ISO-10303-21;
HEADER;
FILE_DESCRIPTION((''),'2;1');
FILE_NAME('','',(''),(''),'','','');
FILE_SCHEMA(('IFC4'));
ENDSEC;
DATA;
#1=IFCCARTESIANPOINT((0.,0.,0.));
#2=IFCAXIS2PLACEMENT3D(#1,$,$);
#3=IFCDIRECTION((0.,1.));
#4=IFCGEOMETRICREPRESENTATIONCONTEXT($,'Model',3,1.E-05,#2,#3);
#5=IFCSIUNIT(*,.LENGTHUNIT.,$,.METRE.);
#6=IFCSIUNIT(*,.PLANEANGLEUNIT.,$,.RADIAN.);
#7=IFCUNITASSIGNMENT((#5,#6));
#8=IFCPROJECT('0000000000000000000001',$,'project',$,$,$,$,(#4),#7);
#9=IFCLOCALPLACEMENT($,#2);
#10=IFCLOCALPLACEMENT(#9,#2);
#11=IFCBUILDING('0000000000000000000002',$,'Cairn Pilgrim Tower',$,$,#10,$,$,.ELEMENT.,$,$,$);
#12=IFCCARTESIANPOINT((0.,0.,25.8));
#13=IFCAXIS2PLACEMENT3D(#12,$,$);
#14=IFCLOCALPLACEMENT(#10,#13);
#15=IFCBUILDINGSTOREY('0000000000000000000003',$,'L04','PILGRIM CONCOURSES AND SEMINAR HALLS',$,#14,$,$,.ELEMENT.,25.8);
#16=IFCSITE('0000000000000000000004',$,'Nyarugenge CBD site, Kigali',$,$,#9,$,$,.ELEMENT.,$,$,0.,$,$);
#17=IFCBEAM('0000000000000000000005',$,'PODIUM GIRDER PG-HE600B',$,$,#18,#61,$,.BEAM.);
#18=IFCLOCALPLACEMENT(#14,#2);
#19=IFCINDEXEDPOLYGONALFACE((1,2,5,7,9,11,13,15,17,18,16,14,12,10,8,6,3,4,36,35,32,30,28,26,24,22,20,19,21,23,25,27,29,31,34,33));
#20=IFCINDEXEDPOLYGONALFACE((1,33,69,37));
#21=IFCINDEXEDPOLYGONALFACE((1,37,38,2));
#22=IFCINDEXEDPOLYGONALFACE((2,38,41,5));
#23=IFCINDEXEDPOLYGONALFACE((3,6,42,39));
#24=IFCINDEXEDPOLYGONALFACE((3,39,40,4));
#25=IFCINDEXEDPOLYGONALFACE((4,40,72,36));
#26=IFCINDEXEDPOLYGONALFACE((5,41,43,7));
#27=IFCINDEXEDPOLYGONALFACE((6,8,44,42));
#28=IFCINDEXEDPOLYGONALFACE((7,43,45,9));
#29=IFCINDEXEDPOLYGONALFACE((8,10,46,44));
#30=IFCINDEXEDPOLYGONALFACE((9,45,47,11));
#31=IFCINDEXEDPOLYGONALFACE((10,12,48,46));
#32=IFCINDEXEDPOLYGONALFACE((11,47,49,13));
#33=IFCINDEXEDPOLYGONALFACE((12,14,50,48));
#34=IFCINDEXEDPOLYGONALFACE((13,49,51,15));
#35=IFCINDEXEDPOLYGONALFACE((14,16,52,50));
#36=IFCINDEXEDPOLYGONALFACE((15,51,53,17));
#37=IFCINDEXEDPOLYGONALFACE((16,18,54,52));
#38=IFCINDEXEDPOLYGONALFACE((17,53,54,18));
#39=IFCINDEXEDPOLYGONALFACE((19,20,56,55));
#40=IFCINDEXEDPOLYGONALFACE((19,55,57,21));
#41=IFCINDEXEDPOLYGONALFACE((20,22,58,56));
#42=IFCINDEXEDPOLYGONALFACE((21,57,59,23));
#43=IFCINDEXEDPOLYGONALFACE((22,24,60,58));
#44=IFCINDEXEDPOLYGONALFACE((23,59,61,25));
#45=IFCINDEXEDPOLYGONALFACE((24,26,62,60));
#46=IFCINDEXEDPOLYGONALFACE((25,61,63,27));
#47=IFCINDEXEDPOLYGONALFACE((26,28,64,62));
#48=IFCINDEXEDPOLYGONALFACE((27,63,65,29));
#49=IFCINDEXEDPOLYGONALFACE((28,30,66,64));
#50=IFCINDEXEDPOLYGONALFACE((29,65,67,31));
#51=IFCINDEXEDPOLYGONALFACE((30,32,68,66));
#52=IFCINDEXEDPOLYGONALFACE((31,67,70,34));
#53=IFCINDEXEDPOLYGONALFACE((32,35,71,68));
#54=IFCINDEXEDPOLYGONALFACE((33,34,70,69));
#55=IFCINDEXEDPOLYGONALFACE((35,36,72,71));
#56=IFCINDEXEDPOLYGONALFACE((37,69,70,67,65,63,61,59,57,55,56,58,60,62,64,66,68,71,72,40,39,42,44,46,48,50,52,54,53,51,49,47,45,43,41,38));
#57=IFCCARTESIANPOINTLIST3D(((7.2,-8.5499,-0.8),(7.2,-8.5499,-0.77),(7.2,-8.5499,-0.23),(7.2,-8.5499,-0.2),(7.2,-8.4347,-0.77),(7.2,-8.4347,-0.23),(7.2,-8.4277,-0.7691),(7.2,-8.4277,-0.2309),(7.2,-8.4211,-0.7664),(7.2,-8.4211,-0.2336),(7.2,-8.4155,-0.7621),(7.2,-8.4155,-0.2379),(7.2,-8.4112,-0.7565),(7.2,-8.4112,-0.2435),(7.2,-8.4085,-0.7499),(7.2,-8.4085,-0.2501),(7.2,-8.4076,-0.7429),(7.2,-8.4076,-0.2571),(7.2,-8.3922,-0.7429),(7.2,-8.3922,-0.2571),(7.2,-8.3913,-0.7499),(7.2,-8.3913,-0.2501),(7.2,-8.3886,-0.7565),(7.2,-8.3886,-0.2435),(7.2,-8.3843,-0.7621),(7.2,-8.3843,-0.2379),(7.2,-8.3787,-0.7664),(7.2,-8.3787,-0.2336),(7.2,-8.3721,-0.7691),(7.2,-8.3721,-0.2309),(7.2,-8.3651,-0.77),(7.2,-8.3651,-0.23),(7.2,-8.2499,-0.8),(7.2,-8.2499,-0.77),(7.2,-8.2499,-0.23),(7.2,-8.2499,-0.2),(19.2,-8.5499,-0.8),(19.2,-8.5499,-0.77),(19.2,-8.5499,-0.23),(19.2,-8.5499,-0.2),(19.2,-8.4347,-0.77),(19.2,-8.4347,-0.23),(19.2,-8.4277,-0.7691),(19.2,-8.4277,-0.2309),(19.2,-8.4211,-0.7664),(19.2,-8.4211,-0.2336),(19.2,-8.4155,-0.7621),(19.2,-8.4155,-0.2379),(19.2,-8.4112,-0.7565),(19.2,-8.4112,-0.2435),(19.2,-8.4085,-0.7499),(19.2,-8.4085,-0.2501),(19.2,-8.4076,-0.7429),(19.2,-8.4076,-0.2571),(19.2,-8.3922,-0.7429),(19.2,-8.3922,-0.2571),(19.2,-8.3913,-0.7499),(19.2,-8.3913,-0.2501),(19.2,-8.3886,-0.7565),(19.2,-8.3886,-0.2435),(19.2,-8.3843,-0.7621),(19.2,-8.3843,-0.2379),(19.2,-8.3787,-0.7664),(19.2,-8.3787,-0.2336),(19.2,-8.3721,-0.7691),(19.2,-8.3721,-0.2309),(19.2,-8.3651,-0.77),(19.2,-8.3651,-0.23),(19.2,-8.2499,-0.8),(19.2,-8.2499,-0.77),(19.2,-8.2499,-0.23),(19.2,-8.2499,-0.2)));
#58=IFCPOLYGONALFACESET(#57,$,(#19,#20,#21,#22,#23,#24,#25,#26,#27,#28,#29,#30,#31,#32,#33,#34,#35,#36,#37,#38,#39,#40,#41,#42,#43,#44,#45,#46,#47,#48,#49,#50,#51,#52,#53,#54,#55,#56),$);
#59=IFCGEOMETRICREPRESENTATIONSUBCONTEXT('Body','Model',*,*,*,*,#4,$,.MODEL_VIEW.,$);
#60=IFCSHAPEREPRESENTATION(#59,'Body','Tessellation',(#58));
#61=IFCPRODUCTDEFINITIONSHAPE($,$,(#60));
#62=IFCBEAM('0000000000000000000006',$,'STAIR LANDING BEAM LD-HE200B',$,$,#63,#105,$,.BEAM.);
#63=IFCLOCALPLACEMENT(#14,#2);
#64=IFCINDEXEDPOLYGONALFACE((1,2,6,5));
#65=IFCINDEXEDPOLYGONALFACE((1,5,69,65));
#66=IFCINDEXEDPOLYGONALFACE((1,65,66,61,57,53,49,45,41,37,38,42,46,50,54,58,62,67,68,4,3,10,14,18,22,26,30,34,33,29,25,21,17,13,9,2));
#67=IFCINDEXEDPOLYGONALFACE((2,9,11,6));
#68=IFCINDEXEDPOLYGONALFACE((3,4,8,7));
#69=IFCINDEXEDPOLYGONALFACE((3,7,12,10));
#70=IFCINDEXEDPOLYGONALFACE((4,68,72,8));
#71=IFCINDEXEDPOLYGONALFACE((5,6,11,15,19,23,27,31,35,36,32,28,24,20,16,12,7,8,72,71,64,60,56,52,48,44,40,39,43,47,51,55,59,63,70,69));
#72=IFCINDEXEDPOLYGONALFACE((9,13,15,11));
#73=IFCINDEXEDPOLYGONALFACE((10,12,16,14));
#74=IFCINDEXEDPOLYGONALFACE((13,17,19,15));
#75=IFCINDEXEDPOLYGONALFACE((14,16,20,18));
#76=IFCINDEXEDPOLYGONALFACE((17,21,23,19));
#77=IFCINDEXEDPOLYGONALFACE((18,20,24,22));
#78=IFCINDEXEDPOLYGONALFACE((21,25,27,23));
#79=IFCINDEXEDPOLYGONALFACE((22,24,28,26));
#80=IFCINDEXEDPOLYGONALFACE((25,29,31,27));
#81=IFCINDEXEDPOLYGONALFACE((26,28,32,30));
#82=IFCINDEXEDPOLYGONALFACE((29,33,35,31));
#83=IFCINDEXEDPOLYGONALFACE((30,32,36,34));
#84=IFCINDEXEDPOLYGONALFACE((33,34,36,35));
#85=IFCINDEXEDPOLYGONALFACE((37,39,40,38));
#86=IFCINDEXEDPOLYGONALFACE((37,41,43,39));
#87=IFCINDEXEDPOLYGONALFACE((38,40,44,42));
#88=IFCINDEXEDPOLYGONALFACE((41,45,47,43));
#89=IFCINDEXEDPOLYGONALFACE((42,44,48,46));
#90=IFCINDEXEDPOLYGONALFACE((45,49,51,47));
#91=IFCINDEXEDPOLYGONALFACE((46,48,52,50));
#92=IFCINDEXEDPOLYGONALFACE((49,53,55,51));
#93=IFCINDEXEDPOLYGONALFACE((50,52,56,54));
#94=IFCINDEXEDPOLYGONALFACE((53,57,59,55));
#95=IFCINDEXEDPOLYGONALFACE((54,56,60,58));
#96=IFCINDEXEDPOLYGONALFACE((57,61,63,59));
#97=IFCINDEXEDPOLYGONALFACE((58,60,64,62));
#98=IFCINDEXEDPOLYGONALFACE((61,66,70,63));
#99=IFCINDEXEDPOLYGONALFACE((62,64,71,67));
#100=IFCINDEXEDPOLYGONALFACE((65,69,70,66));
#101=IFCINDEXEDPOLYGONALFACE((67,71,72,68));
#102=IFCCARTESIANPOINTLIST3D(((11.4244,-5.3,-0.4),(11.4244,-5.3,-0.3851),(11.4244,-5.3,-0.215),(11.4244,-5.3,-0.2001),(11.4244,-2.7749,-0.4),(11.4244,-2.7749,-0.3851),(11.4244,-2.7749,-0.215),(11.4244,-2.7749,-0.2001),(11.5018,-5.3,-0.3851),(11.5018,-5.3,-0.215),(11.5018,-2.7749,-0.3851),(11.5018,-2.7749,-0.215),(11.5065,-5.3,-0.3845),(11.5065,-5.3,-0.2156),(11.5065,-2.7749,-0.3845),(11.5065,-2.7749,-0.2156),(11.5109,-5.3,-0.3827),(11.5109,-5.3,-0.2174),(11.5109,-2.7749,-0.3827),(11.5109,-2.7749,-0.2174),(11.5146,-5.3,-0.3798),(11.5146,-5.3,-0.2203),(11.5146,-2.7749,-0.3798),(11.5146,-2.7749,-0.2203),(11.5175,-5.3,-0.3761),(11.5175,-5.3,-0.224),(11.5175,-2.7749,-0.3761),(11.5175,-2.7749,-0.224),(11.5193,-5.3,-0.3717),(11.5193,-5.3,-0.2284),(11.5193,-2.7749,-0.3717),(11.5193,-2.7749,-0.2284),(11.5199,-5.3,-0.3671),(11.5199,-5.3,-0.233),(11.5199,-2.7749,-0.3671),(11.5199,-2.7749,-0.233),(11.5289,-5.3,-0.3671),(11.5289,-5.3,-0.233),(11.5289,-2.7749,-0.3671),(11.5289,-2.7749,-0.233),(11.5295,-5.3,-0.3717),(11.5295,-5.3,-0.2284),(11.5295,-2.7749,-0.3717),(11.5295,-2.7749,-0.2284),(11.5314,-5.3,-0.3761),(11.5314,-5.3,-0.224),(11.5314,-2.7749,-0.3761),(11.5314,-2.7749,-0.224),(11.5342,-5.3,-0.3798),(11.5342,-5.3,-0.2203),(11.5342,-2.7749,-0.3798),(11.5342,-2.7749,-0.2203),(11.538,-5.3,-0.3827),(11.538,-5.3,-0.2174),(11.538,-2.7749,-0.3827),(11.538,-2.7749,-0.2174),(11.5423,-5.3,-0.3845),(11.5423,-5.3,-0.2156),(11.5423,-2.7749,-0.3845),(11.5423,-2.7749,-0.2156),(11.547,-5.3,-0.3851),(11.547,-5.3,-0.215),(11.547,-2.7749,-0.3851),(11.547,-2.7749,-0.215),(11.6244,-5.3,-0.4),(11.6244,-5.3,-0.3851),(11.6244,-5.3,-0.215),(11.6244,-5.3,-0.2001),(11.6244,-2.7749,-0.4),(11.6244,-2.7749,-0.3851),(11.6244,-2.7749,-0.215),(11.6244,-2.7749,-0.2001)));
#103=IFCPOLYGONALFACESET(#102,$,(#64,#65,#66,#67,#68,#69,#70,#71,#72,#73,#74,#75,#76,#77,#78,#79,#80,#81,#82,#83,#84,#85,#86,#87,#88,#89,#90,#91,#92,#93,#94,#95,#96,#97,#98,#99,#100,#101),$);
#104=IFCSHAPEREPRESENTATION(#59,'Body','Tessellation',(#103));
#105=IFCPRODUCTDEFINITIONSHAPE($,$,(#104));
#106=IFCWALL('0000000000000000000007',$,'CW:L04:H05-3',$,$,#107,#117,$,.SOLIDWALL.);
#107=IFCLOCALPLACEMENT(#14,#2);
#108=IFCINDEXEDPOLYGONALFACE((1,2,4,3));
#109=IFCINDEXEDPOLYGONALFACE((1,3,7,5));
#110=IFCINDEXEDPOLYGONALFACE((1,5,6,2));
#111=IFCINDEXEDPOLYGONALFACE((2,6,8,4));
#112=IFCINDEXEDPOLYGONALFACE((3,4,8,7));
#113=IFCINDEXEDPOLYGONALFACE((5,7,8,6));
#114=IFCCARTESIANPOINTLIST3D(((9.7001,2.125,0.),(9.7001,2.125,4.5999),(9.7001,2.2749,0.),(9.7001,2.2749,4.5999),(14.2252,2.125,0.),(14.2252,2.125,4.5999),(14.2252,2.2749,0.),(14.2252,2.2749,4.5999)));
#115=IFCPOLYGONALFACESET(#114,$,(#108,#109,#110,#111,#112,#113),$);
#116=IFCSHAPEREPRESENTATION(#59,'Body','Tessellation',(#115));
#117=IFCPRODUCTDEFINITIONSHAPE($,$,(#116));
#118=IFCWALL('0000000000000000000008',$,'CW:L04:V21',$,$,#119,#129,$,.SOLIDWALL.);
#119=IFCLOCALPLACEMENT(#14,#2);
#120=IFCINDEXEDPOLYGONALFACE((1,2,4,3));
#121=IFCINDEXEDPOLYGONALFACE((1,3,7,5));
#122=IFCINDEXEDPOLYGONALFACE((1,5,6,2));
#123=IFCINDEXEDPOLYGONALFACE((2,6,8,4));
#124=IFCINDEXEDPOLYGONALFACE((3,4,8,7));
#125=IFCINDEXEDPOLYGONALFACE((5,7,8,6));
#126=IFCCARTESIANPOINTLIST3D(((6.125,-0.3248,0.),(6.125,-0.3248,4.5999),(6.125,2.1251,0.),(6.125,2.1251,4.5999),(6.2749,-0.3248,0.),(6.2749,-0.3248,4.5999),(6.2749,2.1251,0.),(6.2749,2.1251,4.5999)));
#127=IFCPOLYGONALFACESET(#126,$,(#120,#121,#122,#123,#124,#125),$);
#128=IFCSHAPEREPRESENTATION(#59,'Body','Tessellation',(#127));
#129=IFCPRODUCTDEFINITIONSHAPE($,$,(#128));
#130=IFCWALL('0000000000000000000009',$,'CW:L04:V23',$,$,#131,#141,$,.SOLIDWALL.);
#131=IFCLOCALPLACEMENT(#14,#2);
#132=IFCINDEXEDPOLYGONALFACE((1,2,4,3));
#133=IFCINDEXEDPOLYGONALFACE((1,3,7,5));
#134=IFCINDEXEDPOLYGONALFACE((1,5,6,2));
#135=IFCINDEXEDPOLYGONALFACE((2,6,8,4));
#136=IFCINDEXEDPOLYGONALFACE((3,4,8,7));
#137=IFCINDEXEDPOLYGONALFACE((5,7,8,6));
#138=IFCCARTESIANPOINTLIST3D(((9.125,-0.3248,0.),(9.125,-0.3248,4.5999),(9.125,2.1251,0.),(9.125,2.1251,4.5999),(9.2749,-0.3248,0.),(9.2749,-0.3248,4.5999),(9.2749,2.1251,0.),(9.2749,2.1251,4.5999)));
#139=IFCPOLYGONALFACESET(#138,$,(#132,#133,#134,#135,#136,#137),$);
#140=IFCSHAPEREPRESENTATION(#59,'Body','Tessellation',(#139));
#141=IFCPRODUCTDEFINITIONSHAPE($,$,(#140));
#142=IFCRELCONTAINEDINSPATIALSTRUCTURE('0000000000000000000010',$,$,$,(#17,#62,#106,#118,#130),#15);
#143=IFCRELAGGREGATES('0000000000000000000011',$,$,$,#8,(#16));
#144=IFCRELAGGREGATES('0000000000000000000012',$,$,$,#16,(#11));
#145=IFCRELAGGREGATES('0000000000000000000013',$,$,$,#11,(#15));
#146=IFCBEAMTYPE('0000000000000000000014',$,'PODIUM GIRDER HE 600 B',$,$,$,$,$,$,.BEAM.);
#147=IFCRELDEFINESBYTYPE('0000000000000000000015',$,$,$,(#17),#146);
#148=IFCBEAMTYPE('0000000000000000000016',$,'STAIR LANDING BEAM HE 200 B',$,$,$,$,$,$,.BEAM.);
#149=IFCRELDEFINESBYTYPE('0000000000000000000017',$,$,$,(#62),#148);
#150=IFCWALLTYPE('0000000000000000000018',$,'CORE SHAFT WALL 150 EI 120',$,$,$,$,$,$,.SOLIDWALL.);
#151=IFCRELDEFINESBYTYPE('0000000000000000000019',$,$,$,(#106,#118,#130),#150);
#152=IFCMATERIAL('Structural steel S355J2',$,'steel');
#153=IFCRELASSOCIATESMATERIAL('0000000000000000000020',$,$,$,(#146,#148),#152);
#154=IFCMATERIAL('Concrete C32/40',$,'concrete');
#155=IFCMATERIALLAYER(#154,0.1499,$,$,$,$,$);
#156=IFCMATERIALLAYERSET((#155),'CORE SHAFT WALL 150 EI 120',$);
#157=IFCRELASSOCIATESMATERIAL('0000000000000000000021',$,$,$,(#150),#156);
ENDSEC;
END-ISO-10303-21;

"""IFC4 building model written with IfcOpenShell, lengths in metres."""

from ifc_helpers import new_model, si_unit, direction, frame, frame_2d, origin, origin_2d, place, context, subcontext, project, spatial, rectangle, i_section, extrude, material, layer, layer_set, material_profile, profile_set, type_object, element, save


model = new_model("IFC4")

# Units and contexts
model_context = context("Model", 3, precision=1e-05, world=origin(), true_north=direction((0.0, 1.0)))
body_context = subcontext(model_context, "Body", "Model", "MODEL_VIEW")
ifc_project = project(units=[si_unit("LENGTHUNIT", "METRE"), si_unit("PLANEANGLEUNIT", "RADIAN")], contexts=[model_context])

# Site, building, storey
site_placement = place(None, origin())
site = spatial("IfcSite", under=ifc_project, at=site_placement, Name="Nyarugenge CBD site, Kigali", CompositionType="ELEMENT", RefElevation=0.0)
building_placement = place(site_placement, origin())
building = spatial("IfcBuilding", under=site, at=building_placement, Name="Cairn Pilgrim Tower", CompositionType="ELEMENT")
storey_placement = place(building_placement, frame((0.0, 0.0, 25.8)))
storey = spatial("IfcBuildingStorey", under=building, at=storey_placement, Name="L04", Description="PILGRIM CONCOURSES AND SEMINAR HALLS", CompositionType="ELEMENT", Elevation=25.8)

# Beams
ifc_material_1 = material(Name="Structural steel S355J2", Category="steel")
ifc_material_profile_1 = material_profile(ifc_material_1, i_section(OverallWidth=0.3, OverallDepth=0.6001, WebThickness=0.0154, FlangeThickness=0.03, FilletRadius=0.0271, at=origin_2d()), Name="HEB 600")
ifc_profile_set_1 = profile_set([ifc_material_profile_1], Name="Structural steel S355J2")
beam_type_1 = type_object("IfcBeamType", Name="PODIUM GIRDER HE 600 B", PredefinedType="BEAM", material=ifc_profile_set_1)
beam_1_placement = place(storey_placement, frame((7.2, -8.3999, -0.5), z_axis=(1.0, 0.0, 0.0), x_axis=(0.0, 1.0, 0.0)))
element("IfcBeam", 1, at=beam_1_placement, inside=storey, type_object=beam_type_1, Name="PODIUM GIRDER PG-HE600B", PredefinedType="BEAM", context=body_context, shape_type="SweptSolid", body=[
    extrude(i_section(OverallWidth=0.3, OverallDepth=0.6001, WebThickness=0.0154, FlangeThickness=0.03, FilletRadius=0.0271, at=origin_2d()), origin(), (0.0, 0.0, 1.0), 12.0),
])
ifc_material_profile_2 = material_profile(ifc_material_1, i_section(OverallWidth=0.2, OverallDepth=0.2, WebThickness=0.009, FlangeThickness=0.0149, FilletRadius=0.0181, at=origin_2d()), Name="HE 200 B")
ifc_profile_set_2 = profile_set([ifc_material_profile_2], Name="Structural steel S355J2")
beam_type_2 = type_object("IfcBeamType", Name="STAIR LANDING BEAM HE 200 B", PredefinedType="BEAM", material=ifc_profile_set_2)
beam_2_placement = place(storey_placement, frame((11.5244, -2.7749, -0.3), z_axis=(0.0, -1.0, 0.0), x_axis=(1.0, 0.0, 0.0)))
element("IfcBeam", 2, at=beam_2_placement, inside=storey, type_object=beam_type_2, Name="STAIR LANDING BEAM LD-HE200B", PredefinedType="BEAM", context=body_context, shape_type="SweptSolid", body=[
    extrude(i_section(OverallWidth=0.2, OverallDepth=0.2, WebThickness=0.009, FlangeThickness=0.0149, FilletRadius=0.0181, at=origin_2d()), origin(), (0.0, 0.0, 1.0), 2.5251),
])

# Walls
ifc_material_2 = material(Name="Concrete C32/40", Category="concrete")
ifc_layer_1 = layer(ifc_material_2, 0.1499)
ifc_layer_set_1 = layer_set([ifc_layer_1], Name="CORE SHAFT WALL 150 EI 120")
wall_type_1 = type_object("IfcWallType", Name="CORE SHAFT WALL 150 EI 120", PredefinedType="SOLIDWALL", material=ifc_layer_set_1)
wall_1_placement = place(storey_placement, frame((9.7, 2.2, 0.0), z_axis=(0.0, 0.0, 1.0), x_axis=(1.0, 0.0, 0.0)))
element("IfcWall", 3, at=wall_1_placement, inside=storey, type_object=wall_type_1, Name="CW:L04:H05-3", PredefinedType="SOLIDWALL", context=body_context, shape_type="SweptSolid", body=[
    extrude(rectangle(XDim=4.5251, YDim=0.1499, at=frame_2d((2.2627, 0.0))), origin(), (0.0, 0.0, 1.0), 4.5999),
])
for number, where, z_axis, x_axis, name in (
    (4, (6.2, -0.325, 0.0), (0.0, 0.0, 1.0), (0.0, 1.0, 0.0), "CW:L04:V21"),
    (5, (9.2, -0.325, 0.0), (0.0, 0.0, 1.0), (0.0, 1.0, 0.0), "CW:L04:V23"),
):
    element("IfcWall", number, at=place(storey_placement, frame(where, z_axis=z_axis, x_axis=x_axis)), inside=storey, type_object=wall_type_1, Name=name, PredefinedType="SOLIDWALL", context=body_context, shape_type="SweptSolid", body=[
        extrude(rectangle(XDim=2.45, YDim=0.1499, at=frame_2d((1.2251, 0.0))), origin(), (0.0, 0.0, 1.0), 4.5999),
    ])

save(model, "model.ifc")
